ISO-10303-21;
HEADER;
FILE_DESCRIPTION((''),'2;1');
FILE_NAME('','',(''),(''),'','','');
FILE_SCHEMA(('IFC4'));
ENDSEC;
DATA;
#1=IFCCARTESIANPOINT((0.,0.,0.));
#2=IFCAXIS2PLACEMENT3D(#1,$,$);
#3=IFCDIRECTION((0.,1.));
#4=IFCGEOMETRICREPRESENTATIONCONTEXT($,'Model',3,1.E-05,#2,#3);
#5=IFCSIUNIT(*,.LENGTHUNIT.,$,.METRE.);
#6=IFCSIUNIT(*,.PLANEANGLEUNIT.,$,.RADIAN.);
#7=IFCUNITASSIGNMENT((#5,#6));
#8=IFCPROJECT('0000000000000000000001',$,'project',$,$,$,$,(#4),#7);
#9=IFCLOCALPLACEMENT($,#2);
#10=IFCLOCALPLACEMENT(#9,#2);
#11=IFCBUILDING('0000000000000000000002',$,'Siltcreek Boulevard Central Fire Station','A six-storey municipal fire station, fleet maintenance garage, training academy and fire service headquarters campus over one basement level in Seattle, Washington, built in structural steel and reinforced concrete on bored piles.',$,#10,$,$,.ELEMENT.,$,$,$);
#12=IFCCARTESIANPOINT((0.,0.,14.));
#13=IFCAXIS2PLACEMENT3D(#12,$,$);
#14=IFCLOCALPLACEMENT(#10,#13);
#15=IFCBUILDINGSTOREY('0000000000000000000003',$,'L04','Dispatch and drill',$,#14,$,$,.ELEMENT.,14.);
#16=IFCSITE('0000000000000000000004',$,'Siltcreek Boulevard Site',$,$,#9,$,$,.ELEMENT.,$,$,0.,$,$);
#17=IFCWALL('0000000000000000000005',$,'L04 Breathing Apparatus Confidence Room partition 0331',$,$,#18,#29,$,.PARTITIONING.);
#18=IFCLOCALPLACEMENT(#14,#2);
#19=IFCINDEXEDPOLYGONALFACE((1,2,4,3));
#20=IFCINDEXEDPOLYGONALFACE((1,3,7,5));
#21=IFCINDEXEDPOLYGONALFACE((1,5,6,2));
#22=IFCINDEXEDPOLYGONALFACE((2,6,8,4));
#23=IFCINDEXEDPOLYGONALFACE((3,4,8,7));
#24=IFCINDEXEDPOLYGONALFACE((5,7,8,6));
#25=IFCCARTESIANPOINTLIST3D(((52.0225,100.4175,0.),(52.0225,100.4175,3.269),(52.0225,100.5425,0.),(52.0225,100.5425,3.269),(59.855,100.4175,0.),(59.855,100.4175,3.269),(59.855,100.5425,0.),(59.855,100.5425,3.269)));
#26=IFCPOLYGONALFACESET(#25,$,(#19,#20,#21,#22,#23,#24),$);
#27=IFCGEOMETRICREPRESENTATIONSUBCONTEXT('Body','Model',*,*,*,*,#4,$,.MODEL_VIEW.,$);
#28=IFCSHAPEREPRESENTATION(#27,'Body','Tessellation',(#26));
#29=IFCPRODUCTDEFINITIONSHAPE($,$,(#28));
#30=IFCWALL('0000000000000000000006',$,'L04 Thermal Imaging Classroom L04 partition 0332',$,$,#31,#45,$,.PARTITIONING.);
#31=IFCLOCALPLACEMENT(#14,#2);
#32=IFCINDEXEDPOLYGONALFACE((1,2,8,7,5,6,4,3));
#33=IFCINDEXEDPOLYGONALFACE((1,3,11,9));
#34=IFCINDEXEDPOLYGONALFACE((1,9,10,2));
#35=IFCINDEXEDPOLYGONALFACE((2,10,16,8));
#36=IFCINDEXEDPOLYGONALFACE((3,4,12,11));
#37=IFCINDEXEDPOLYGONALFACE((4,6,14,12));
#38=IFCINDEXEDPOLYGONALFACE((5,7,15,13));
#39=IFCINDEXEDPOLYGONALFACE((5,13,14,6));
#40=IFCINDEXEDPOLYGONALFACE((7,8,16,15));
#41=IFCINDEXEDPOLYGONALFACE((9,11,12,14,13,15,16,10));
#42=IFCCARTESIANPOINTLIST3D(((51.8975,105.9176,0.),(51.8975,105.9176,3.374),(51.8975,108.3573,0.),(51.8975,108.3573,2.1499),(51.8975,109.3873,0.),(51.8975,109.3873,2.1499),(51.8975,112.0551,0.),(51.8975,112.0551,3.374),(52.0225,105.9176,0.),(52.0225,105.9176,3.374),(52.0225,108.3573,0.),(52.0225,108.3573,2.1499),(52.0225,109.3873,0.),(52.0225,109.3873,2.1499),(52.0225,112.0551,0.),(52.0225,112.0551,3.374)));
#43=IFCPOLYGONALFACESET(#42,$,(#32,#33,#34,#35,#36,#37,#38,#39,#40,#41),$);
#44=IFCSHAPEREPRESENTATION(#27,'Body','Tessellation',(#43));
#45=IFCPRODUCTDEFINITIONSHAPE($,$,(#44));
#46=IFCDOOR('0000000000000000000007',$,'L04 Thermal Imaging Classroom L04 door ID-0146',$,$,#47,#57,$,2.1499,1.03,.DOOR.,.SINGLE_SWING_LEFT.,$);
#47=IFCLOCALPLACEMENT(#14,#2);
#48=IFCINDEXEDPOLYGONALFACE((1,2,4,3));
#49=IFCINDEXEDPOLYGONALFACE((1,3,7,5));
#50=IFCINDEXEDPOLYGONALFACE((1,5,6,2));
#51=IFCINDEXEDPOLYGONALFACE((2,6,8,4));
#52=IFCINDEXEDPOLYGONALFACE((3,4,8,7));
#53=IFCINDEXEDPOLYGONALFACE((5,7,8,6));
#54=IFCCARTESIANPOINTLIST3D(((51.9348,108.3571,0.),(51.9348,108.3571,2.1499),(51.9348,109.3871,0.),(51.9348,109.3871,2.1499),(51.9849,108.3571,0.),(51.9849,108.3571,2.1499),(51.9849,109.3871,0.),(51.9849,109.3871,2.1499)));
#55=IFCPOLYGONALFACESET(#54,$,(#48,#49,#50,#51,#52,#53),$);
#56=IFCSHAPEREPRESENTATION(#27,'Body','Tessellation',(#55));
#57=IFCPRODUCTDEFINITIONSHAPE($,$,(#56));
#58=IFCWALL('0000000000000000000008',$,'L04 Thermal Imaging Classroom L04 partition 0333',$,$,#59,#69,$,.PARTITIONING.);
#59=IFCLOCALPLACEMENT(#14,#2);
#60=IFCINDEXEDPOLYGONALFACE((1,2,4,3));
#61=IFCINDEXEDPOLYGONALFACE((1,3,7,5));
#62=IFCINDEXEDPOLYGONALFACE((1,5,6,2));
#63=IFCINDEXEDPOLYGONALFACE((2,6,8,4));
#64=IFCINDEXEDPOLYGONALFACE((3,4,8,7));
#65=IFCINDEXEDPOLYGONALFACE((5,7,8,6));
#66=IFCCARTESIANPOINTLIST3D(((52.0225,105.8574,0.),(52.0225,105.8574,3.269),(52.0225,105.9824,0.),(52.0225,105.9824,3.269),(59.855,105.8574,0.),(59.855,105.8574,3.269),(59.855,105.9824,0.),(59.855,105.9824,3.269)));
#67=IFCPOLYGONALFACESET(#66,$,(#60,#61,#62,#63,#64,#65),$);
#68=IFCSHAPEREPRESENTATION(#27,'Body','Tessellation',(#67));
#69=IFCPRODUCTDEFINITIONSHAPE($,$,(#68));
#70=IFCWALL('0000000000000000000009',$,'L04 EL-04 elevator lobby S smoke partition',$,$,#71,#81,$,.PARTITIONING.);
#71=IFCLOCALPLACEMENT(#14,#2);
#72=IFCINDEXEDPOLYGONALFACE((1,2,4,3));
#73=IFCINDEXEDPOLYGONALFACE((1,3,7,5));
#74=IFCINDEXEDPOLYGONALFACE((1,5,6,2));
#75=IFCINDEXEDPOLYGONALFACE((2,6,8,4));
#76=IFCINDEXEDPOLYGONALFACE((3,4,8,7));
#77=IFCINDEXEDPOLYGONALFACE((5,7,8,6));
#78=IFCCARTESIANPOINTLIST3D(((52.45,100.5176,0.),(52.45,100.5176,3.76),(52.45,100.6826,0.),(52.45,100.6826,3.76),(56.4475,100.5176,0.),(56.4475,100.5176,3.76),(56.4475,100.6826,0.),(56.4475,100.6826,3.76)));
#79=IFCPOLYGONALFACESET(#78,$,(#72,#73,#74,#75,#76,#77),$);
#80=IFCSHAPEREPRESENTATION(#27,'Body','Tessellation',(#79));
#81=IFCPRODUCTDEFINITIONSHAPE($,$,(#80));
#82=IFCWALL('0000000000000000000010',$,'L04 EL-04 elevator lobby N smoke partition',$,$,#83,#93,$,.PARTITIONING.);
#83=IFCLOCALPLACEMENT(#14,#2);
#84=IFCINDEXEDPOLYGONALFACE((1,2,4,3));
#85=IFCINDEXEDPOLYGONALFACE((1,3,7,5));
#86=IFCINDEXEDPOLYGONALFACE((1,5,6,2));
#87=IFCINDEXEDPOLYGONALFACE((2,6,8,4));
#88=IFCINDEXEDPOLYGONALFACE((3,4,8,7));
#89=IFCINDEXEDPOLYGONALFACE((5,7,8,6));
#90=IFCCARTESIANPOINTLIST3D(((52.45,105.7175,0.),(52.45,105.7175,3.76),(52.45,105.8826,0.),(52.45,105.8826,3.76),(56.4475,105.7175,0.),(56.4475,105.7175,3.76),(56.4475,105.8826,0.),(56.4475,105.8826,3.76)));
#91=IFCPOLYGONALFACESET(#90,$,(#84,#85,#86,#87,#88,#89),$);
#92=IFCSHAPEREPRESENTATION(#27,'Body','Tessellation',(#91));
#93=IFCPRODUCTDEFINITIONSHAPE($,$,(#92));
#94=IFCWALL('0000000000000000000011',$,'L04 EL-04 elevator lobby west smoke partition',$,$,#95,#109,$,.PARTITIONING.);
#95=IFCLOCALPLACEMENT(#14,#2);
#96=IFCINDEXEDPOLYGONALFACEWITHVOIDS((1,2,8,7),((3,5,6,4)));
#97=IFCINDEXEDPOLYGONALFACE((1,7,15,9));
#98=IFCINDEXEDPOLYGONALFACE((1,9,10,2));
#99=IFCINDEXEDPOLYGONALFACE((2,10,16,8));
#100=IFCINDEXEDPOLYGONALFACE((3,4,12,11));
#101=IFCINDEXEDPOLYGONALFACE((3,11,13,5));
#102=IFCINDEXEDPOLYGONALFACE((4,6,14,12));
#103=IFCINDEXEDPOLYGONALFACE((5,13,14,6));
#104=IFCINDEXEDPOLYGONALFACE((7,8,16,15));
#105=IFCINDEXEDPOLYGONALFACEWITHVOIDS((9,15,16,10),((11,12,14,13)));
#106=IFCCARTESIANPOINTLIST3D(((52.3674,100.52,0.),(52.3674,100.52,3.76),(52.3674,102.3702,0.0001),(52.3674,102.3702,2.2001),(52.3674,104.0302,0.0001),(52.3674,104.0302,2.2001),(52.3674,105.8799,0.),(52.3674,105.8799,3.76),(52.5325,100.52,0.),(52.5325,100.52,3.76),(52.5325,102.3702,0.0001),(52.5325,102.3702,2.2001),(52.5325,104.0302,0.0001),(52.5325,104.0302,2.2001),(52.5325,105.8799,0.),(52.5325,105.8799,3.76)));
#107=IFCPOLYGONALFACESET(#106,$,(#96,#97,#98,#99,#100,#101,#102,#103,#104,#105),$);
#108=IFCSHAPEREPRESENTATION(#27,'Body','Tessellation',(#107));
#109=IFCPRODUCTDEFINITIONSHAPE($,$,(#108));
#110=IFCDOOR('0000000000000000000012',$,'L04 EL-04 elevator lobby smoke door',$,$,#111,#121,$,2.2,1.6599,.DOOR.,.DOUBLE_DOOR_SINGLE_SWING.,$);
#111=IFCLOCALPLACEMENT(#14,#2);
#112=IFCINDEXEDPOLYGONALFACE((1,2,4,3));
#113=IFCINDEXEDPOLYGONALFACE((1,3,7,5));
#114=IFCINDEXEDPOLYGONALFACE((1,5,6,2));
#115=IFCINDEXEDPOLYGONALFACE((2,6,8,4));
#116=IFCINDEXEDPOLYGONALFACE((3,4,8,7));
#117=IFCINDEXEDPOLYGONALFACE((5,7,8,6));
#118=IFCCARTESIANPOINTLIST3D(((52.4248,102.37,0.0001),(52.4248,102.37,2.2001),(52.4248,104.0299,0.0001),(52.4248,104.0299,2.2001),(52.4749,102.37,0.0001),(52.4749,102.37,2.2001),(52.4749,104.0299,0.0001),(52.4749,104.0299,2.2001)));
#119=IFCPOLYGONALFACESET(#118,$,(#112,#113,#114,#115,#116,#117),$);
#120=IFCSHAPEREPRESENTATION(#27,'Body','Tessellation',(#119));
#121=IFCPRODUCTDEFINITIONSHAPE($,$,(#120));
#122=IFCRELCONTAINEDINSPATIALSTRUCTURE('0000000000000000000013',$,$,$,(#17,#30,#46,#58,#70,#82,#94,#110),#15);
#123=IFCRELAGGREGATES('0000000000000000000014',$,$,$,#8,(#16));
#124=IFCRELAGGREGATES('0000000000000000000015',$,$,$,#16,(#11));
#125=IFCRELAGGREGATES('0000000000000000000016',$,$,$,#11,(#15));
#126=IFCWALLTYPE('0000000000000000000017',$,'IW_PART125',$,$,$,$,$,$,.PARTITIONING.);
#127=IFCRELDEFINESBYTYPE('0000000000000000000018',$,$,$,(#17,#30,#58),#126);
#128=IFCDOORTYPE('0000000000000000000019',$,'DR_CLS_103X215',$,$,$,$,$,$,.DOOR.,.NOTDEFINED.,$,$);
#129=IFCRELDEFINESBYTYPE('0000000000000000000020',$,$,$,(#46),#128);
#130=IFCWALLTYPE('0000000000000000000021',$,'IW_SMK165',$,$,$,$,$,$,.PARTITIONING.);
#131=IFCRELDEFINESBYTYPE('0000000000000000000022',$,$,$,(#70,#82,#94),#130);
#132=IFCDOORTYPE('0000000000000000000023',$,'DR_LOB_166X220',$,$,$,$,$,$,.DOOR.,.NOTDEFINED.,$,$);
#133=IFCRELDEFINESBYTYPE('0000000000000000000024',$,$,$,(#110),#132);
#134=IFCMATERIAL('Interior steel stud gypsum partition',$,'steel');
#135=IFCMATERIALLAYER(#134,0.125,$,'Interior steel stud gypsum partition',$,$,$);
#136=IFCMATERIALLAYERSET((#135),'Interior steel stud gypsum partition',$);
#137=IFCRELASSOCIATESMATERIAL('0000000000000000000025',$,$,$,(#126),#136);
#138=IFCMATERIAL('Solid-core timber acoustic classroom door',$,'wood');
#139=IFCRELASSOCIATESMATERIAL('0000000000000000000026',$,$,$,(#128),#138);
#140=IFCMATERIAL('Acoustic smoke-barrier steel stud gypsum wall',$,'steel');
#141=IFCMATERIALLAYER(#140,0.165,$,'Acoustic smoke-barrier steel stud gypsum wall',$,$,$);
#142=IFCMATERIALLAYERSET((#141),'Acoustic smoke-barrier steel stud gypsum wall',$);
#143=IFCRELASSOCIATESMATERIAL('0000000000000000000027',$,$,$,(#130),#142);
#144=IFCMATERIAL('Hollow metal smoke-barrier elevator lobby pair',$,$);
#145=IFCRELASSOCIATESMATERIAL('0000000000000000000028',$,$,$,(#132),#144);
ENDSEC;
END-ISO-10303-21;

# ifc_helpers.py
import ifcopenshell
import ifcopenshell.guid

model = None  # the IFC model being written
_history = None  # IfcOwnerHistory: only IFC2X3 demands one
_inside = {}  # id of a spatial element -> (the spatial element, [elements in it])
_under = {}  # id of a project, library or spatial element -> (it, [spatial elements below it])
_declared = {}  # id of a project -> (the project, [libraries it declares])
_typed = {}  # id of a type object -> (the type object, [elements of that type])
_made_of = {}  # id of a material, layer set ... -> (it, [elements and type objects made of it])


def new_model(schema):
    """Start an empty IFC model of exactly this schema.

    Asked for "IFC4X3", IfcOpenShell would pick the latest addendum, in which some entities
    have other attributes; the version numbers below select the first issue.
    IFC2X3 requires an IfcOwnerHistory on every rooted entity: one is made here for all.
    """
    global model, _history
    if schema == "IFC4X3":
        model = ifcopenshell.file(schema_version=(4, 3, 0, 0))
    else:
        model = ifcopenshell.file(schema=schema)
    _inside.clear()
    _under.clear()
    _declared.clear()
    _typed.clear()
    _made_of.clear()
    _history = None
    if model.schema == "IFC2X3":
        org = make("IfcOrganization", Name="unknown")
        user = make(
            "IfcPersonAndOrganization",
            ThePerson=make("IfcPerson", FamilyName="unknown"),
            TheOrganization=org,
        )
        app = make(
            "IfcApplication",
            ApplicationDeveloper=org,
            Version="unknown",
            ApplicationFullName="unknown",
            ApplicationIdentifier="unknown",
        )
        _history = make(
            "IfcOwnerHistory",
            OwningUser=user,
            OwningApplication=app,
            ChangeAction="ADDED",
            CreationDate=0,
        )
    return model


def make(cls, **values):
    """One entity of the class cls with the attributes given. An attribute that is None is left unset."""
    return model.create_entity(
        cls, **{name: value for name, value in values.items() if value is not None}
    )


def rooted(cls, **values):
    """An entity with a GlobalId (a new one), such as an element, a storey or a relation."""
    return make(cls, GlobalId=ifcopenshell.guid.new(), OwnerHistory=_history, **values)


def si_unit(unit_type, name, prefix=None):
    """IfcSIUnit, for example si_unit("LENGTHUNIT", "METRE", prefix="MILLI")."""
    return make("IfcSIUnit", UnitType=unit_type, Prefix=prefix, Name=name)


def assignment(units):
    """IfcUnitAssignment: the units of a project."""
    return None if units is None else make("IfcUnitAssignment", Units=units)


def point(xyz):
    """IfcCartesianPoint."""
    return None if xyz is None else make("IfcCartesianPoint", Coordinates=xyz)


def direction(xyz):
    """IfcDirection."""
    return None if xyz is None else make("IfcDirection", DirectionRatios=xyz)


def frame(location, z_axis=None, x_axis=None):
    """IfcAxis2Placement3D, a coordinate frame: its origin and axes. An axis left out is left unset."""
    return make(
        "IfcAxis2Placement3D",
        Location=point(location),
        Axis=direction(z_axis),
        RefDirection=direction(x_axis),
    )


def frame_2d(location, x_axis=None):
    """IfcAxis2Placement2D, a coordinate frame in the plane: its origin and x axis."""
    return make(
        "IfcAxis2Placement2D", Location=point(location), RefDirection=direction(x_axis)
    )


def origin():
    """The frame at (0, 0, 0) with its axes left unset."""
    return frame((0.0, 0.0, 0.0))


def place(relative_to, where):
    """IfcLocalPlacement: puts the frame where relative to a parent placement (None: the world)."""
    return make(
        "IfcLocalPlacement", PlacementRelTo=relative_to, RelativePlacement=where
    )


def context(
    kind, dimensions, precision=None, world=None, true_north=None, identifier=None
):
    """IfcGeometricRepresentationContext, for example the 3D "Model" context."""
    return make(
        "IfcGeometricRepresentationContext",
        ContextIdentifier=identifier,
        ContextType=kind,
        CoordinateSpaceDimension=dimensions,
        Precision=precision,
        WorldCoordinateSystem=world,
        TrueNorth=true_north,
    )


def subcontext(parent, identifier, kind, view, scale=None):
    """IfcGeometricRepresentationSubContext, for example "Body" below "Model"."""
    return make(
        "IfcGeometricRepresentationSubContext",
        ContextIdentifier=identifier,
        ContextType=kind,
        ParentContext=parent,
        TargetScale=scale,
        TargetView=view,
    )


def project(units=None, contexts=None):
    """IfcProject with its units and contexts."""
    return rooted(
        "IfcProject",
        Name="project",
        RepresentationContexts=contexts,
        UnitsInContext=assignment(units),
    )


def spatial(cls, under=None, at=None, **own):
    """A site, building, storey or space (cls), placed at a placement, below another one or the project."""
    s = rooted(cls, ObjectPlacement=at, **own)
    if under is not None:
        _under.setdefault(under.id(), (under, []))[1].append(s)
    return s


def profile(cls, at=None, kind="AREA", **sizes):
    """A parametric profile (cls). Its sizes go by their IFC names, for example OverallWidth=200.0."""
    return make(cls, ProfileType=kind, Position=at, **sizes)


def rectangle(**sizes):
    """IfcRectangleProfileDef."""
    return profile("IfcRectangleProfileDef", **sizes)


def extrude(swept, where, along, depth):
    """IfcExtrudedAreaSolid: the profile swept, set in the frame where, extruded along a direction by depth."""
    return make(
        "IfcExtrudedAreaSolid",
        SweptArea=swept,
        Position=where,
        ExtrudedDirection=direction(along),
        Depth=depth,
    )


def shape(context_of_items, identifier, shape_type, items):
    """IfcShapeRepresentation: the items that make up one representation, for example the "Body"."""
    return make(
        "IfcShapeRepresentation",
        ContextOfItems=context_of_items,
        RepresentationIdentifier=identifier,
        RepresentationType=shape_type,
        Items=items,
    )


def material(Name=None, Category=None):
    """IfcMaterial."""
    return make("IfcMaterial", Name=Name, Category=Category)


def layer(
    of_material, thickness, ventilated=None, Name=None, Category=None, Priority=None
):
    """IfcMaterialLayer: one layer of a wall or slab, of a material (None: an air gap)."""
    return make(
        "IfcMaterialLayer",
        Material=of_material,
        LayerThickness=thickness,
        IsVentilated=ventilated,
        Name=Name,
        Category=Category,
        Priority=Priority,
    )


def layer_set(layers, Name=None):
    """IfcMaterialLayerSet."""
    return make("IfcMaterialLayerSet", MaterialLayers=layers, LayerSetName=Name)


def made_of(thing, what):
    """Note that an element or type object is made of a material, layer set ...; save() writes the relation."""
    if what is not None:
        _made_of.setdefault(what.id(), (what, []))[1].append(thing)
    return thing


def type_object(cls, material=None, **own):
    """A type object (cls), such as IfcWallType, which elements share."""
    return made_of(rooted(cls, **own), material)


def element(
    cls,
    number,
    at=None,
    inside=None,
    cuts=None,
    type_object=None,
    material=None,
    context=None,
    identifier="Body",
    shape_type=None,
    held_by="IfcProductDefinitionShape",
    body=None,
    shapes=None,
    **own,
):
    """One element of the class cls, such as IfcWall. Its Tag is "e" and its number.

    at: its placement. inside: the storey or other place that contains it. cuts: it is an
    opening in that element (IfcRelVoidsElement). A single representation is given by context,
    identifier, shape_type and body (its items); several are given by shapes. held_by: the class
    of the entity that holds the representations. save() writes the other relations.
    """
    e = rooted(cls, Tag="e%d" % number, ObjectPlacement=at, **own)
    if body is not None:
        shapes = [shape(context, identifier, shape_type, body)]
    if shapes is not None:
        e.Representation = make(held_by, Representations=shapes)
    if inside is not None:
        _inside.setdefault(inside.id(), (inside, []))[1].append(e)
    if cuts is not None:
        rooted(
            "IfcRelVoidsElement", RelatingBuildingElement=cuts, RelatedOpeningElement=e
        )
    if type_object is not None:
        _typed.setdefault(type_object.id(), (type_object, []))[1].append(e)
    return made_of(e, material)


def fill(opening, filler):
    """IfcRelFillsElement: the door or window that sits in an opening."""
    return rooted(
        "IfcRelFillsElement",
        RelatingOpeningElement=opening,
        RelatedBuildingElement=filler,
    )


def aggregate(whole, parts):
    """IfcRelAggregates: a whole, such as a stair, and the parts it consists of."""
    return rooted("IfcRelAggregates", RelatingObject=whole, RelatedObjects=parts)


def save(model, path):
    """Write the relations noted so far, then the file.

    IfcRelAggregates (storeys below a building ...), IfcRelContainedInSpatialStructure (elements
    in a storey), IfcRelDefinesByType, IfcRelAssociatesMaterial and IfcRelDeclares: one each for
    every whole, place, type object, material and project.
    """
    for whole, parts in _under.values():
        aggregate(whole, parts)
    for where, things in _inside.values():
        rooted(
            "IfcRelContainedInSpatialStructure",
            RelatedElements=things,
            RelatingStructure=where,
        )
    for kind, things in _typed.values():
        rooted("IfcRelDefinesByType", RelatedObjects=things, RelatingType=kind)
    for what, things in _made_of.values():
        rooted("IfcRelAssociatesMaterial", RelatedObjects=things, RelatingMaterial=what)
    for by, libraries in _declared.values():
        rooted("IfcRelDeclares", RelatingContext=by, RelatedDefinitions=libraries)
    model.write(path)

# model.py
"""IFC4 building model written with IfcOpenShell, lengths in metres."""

from ifc_helpers import new_model, si_unit, direction, frame, frame_2d, origin, place, context, subcontext, project, spatial, rectangle, extrude, material, layer, layer_set, type_object, element, fill, save


model = new_model("IFC4")

# Units and contexts
model_context = context("Model", 3, precision=1e-05, world=origin(), true_north=direction((0.0, 1.0)))
body_context = subcontext(model_context, "Body", "Model", "MODEL_VIEW")
ifc_project = project(units=[si_unit("LENGTHUNIT", "METRE"), si_unit("PLANEANGLEUNIT", "RADIAN")], contexts=[model_context])

# Site, building, storey
site_placement = place(None, origin())
site = spatial("IfcSite", under=ifc_project, at=site_placement, Name="Siltcreek Boulevard Site", CompositionType="ELEMENT", RefElevation=0.0)
building_placement = place(site_placement, origin())
building = spatial("IfcBuilding", under=site, at=building_placement, Name="Siltcreek Boulevard Central Fire Station", Description="A six-storey municipal fire station, fleet maintenance garage, training academy and fire service headquarters campus over one basement level in Seattle, Washington, built in structural steel and reinforced concrete on bored piles.", CompositionType="ELEMENT")
storey_placement = place(building_placement, frame((0.0, 0.0, 14.0)))
storey = spatial("IfcBuildingStorey", under=building, at=storey_placement, Name="L04", Description="Dispatch and drill", CompositionType="ELEMENT", Elevation=14.0)

# Wall
ifc_material_1 = material(Name="Interior steel stud gypsum partition", Category="steel")
ifc_layer_1 = layer(ifc_material_1, 0.125, Name="Interior steel stud gypsum partition")
ifc_layer_set_1 = layer_set([ifc_layer_1], Name="Interior steel stud gypsum partition")
wall_type_1 = type_object("IfcWallType", Name="IW_PART125", PredefinedType="PARTITIONING", material=ifc_layer_set_1)
wall_1_placement = place(storey_placement, frame((52.0225, 100.48, 0.0), z_axis=(0.0, 0.0, 1.0), x_axis=(1.0, 0.0, 0.0)))
element("IfcWall", 1, at=wall_1_placement, inside=storey, type_object=wall_type_1, Name="L04 Breathing Apparatus Confidence Room partition 0331", PredefinedType="PARTITIONING", context=body_context, shape_type="SweptSolid", body=[
    extrude(rectangle(XDim=7.8325, YDim=0.125, at=frame_2d((3.9163, 0.0))), origin(), (0.0, 0.0, 1.0), 3.269),
])

# Wall, opening, door
wall_2_placement = place(storey_placement, frame((51.96, 105.9175, 0.0), z_axis=(0.0, 0.0, 1.0), x_axis=(0.0, 1.0, 0.0)))
wall_2 = element("IfcWall", 2, at=wall_2_placement, inside=storey, type_object=wall_type_1, Name="L04 Thermal Imaging Classroom L04 partition 0332", PredefinedType="PARTITIONING", context=body_context, shape_type="SweptSolid", body=[
    extrude(rectangle(XDim=6.1375, YDim=0.125, at=frame_2d((3.0688, 0.0))), origin(), (0.0, 0.0, 1.0), 3.374),
])
opening_1_placement = place(wall_2_placement, frame((2.4397, 0.0, 0.0)))
opening_1 = element("IfcOpeningElement", 3, at=opening_1_placement, cuts=wall_2, PredefinedType="OPENING", context=body_context, shape_type="SweptSolid", body=[
    extrude(rectangle(XDim=1.03, YDim=2.1499, at=frame_2d((0.5151, 1.075))), frame((0.0, 0.0725, 0.0), z_axis=(0.0, -1.0, 0.0), x_axis=(1.0, 0.0, 0.0)), (0.0, 0.0, 1.0), 0.145),
])
ifc_material_2 = material(Name="Solid-core timber acoustic classroom door", Category="wood")
door_type_1 = type_object("IfcDoorType", Name="DR_CLS_103X215", OperationType="NOTDEFINED", PredefinedType="DOOR", material=ifc_material_2)
door_1_placement = place(opening_1_placement, frame((1.03, 0.0, 0.0), z_axis=(0.0, 0.0, 1.0), x_axis=(-1.0, 0.0, 0.0)))
door_1 = element("IfcDoor", 4, at=door_1_placement, inside=storey, type_object=door_type_1, Name="L04 Thermal Imaging Classroom L04 door ID-0146", OperationType="SINGLE_SWING_LEFT", OverallHeight=2.1499, OverallWidth=1.03, PredefinedType="DOOR", context=body_context, shape_type="SweptSolid", body=[
    extrude(rectangle(XDim=1.03, YDim=2.1499, at=frame_2d((0.5151, 1.075))), frame((0.0, 0.0249, 0.0), z_axis=(0.0, -1.0, 0.0), x_axis=(1.0, 0.0, 0.0)), (0.0, 0.0, 1.0), 0.05),
])
fill(opening_1, door_1)

# Walls
wall_3_placement = place(storey_placement, frame((59.855, 105.9199, 0.0), z_axis=(0.0, 0.0, 1.0), x_axis=(-1.0, 0.0, 0.0)))
element("IfcWall", 5, at=wall_3_placement, inside=storey, type_object=wall_type_1, Name="L04 Thermal Imaging Classroom L04 partition 0333", PredefinedType="PARTITIONING", context=body_context, shape_type="SweptSolid", body=[
    extrude(rectangle(XDim=7.8325, YDim=0.125, at=frame_2d((3.9163, 0.0))), origin(), (0.0, 0.0, 1.0), 3.269),
])
ifc_material_3 = material(Name="Acoustic smoke-barrier steel stud gypsum wall", Category="steel")
ifc_layer_2 = layer(ifc_material_3, 0.165, Name="Acoustic smoke-barrier steel stud gypsum wall")
ifc_layer_set_2 = layer_set([ifc_layer_2], Name="Acoustic smoke-barrier steel stud gypsum wall")
wall_type_2 = type_object("IfcWallType", Name="IW_SMK165", PredefinedType="PARTITIONING", material=ifc_layer_set_2)
for number, where, z_axis, x_axis, name in (
    (6, (52.45, 100.6001, 0.0), (0.0, 0.0, 1.0), (1.0, 0.0, 0.0), "L04 EL-04 elevator lobby S smoke partition"),
    (7, (56.4475, 105.8, 0.0), (0.0, 0.0, 1.0), (-1.0, 0.0, 0.0), "L04 EL-04 elevator lobby N smoke partition"),
):
    element("IfcWall", number, at=place(storey_placement, frame(where, z_axis=z_axis, x_axis=x_axis)), inside=storey, type_object=wall_type_2, Name=name, PredefinedType="PARTITIONING", context=body_context, shape_type="SweptSolid", body=[
        extrude(rectangle(XDim=3.9976, YDim=0.165, at=frame_2d((1.9988, 0.0))), origin(), (0.0, 0.0, 1.0), 3.76),
    ])

# Wall, opening, door
wall_4_placement = place(storey_placement, frame((52.45, 100.52, 0.0), z_axis=(0.0, 0.0, 1.0), x_axis=(0.0, 1.0, 0.0)))
wall_4 = element("IfcWall", 8, at=wall_4_placement, inside=storey, type_object=wall_type_2, Name="L04 EL-04 elevator lobby west smoke partition", PredefinedType="PARTITIONING", context=body_context, shape_type="SweptSolid", body=[
    extrude(rectangle(XDim=5.3599, YDim=0.165, at=frame_2d((2.6799, 0.0))), origin(), (0.0, 0.0, 1.0), 3.76),
])
opening_2_placement = place(wall_4_placement, frame((1.8501, 0.0, 0.0)))
opening_2 = element("IfcOpeningElement", 9, at=opening_2_placement, cuts=wall_4, PredefinedType="OPENING", context=body_context, shape_type="SweptSolid", body=[
    extrude(rectangle(XDim=1.6599, YDim=2.2, at=frame_2d((0.8301, 1.1001))), frame((0.0, 0.0925, 0.0), z_axis=(0.0, -1.0, 0.0), x_axis=(1.0, 0.0, 0.0)), (0.0, 0.0, 1.0), 0.1851),
])
ifc_material_4 = material(Name="Hollow metal smoke-barrier elevator lobby pair")
door_type_2 = type_object("IfcDoorType", Name="DR_LOB_166X220", OperationType="NOTDEFINED", PredefinedType="DOOR", material=ifc_material_4)
door_2_placement = place(opening_2_placement, frame((1.6599, 0.0, 0.0), z_axis=(0.0, 0.0, 1.0), x_axis=(-1.0, 0.0, 0.0)))
door_2 = element("IfcDoor", 10, at=door_2_placement, inside=storey, type_object=door_type_2, Name="L04 EL-04 elevator lobby smoke door", OperationType="DOUBLE_DOOR_SINGLE_SWING", OverallHeight=2.2, OverallWidth=1.6599, PredefinedType="DOOR", context=body_context, shape_type="SweptSolid", body=[
    extrude(rectangle(XDim=1.6599, YDim=2.2, at=frame_2d((0.8301, 1.1001))), frame((0.0, 0.0249, 0.0), z_axis=(0.0, -1.0, 0.0), x_axis=(1.0, 0.0, 0.0)), (0.0, 0.0, 1.0), 0.05),
])
fill(opening_2, door_2)

save(model, "model.ifc")
